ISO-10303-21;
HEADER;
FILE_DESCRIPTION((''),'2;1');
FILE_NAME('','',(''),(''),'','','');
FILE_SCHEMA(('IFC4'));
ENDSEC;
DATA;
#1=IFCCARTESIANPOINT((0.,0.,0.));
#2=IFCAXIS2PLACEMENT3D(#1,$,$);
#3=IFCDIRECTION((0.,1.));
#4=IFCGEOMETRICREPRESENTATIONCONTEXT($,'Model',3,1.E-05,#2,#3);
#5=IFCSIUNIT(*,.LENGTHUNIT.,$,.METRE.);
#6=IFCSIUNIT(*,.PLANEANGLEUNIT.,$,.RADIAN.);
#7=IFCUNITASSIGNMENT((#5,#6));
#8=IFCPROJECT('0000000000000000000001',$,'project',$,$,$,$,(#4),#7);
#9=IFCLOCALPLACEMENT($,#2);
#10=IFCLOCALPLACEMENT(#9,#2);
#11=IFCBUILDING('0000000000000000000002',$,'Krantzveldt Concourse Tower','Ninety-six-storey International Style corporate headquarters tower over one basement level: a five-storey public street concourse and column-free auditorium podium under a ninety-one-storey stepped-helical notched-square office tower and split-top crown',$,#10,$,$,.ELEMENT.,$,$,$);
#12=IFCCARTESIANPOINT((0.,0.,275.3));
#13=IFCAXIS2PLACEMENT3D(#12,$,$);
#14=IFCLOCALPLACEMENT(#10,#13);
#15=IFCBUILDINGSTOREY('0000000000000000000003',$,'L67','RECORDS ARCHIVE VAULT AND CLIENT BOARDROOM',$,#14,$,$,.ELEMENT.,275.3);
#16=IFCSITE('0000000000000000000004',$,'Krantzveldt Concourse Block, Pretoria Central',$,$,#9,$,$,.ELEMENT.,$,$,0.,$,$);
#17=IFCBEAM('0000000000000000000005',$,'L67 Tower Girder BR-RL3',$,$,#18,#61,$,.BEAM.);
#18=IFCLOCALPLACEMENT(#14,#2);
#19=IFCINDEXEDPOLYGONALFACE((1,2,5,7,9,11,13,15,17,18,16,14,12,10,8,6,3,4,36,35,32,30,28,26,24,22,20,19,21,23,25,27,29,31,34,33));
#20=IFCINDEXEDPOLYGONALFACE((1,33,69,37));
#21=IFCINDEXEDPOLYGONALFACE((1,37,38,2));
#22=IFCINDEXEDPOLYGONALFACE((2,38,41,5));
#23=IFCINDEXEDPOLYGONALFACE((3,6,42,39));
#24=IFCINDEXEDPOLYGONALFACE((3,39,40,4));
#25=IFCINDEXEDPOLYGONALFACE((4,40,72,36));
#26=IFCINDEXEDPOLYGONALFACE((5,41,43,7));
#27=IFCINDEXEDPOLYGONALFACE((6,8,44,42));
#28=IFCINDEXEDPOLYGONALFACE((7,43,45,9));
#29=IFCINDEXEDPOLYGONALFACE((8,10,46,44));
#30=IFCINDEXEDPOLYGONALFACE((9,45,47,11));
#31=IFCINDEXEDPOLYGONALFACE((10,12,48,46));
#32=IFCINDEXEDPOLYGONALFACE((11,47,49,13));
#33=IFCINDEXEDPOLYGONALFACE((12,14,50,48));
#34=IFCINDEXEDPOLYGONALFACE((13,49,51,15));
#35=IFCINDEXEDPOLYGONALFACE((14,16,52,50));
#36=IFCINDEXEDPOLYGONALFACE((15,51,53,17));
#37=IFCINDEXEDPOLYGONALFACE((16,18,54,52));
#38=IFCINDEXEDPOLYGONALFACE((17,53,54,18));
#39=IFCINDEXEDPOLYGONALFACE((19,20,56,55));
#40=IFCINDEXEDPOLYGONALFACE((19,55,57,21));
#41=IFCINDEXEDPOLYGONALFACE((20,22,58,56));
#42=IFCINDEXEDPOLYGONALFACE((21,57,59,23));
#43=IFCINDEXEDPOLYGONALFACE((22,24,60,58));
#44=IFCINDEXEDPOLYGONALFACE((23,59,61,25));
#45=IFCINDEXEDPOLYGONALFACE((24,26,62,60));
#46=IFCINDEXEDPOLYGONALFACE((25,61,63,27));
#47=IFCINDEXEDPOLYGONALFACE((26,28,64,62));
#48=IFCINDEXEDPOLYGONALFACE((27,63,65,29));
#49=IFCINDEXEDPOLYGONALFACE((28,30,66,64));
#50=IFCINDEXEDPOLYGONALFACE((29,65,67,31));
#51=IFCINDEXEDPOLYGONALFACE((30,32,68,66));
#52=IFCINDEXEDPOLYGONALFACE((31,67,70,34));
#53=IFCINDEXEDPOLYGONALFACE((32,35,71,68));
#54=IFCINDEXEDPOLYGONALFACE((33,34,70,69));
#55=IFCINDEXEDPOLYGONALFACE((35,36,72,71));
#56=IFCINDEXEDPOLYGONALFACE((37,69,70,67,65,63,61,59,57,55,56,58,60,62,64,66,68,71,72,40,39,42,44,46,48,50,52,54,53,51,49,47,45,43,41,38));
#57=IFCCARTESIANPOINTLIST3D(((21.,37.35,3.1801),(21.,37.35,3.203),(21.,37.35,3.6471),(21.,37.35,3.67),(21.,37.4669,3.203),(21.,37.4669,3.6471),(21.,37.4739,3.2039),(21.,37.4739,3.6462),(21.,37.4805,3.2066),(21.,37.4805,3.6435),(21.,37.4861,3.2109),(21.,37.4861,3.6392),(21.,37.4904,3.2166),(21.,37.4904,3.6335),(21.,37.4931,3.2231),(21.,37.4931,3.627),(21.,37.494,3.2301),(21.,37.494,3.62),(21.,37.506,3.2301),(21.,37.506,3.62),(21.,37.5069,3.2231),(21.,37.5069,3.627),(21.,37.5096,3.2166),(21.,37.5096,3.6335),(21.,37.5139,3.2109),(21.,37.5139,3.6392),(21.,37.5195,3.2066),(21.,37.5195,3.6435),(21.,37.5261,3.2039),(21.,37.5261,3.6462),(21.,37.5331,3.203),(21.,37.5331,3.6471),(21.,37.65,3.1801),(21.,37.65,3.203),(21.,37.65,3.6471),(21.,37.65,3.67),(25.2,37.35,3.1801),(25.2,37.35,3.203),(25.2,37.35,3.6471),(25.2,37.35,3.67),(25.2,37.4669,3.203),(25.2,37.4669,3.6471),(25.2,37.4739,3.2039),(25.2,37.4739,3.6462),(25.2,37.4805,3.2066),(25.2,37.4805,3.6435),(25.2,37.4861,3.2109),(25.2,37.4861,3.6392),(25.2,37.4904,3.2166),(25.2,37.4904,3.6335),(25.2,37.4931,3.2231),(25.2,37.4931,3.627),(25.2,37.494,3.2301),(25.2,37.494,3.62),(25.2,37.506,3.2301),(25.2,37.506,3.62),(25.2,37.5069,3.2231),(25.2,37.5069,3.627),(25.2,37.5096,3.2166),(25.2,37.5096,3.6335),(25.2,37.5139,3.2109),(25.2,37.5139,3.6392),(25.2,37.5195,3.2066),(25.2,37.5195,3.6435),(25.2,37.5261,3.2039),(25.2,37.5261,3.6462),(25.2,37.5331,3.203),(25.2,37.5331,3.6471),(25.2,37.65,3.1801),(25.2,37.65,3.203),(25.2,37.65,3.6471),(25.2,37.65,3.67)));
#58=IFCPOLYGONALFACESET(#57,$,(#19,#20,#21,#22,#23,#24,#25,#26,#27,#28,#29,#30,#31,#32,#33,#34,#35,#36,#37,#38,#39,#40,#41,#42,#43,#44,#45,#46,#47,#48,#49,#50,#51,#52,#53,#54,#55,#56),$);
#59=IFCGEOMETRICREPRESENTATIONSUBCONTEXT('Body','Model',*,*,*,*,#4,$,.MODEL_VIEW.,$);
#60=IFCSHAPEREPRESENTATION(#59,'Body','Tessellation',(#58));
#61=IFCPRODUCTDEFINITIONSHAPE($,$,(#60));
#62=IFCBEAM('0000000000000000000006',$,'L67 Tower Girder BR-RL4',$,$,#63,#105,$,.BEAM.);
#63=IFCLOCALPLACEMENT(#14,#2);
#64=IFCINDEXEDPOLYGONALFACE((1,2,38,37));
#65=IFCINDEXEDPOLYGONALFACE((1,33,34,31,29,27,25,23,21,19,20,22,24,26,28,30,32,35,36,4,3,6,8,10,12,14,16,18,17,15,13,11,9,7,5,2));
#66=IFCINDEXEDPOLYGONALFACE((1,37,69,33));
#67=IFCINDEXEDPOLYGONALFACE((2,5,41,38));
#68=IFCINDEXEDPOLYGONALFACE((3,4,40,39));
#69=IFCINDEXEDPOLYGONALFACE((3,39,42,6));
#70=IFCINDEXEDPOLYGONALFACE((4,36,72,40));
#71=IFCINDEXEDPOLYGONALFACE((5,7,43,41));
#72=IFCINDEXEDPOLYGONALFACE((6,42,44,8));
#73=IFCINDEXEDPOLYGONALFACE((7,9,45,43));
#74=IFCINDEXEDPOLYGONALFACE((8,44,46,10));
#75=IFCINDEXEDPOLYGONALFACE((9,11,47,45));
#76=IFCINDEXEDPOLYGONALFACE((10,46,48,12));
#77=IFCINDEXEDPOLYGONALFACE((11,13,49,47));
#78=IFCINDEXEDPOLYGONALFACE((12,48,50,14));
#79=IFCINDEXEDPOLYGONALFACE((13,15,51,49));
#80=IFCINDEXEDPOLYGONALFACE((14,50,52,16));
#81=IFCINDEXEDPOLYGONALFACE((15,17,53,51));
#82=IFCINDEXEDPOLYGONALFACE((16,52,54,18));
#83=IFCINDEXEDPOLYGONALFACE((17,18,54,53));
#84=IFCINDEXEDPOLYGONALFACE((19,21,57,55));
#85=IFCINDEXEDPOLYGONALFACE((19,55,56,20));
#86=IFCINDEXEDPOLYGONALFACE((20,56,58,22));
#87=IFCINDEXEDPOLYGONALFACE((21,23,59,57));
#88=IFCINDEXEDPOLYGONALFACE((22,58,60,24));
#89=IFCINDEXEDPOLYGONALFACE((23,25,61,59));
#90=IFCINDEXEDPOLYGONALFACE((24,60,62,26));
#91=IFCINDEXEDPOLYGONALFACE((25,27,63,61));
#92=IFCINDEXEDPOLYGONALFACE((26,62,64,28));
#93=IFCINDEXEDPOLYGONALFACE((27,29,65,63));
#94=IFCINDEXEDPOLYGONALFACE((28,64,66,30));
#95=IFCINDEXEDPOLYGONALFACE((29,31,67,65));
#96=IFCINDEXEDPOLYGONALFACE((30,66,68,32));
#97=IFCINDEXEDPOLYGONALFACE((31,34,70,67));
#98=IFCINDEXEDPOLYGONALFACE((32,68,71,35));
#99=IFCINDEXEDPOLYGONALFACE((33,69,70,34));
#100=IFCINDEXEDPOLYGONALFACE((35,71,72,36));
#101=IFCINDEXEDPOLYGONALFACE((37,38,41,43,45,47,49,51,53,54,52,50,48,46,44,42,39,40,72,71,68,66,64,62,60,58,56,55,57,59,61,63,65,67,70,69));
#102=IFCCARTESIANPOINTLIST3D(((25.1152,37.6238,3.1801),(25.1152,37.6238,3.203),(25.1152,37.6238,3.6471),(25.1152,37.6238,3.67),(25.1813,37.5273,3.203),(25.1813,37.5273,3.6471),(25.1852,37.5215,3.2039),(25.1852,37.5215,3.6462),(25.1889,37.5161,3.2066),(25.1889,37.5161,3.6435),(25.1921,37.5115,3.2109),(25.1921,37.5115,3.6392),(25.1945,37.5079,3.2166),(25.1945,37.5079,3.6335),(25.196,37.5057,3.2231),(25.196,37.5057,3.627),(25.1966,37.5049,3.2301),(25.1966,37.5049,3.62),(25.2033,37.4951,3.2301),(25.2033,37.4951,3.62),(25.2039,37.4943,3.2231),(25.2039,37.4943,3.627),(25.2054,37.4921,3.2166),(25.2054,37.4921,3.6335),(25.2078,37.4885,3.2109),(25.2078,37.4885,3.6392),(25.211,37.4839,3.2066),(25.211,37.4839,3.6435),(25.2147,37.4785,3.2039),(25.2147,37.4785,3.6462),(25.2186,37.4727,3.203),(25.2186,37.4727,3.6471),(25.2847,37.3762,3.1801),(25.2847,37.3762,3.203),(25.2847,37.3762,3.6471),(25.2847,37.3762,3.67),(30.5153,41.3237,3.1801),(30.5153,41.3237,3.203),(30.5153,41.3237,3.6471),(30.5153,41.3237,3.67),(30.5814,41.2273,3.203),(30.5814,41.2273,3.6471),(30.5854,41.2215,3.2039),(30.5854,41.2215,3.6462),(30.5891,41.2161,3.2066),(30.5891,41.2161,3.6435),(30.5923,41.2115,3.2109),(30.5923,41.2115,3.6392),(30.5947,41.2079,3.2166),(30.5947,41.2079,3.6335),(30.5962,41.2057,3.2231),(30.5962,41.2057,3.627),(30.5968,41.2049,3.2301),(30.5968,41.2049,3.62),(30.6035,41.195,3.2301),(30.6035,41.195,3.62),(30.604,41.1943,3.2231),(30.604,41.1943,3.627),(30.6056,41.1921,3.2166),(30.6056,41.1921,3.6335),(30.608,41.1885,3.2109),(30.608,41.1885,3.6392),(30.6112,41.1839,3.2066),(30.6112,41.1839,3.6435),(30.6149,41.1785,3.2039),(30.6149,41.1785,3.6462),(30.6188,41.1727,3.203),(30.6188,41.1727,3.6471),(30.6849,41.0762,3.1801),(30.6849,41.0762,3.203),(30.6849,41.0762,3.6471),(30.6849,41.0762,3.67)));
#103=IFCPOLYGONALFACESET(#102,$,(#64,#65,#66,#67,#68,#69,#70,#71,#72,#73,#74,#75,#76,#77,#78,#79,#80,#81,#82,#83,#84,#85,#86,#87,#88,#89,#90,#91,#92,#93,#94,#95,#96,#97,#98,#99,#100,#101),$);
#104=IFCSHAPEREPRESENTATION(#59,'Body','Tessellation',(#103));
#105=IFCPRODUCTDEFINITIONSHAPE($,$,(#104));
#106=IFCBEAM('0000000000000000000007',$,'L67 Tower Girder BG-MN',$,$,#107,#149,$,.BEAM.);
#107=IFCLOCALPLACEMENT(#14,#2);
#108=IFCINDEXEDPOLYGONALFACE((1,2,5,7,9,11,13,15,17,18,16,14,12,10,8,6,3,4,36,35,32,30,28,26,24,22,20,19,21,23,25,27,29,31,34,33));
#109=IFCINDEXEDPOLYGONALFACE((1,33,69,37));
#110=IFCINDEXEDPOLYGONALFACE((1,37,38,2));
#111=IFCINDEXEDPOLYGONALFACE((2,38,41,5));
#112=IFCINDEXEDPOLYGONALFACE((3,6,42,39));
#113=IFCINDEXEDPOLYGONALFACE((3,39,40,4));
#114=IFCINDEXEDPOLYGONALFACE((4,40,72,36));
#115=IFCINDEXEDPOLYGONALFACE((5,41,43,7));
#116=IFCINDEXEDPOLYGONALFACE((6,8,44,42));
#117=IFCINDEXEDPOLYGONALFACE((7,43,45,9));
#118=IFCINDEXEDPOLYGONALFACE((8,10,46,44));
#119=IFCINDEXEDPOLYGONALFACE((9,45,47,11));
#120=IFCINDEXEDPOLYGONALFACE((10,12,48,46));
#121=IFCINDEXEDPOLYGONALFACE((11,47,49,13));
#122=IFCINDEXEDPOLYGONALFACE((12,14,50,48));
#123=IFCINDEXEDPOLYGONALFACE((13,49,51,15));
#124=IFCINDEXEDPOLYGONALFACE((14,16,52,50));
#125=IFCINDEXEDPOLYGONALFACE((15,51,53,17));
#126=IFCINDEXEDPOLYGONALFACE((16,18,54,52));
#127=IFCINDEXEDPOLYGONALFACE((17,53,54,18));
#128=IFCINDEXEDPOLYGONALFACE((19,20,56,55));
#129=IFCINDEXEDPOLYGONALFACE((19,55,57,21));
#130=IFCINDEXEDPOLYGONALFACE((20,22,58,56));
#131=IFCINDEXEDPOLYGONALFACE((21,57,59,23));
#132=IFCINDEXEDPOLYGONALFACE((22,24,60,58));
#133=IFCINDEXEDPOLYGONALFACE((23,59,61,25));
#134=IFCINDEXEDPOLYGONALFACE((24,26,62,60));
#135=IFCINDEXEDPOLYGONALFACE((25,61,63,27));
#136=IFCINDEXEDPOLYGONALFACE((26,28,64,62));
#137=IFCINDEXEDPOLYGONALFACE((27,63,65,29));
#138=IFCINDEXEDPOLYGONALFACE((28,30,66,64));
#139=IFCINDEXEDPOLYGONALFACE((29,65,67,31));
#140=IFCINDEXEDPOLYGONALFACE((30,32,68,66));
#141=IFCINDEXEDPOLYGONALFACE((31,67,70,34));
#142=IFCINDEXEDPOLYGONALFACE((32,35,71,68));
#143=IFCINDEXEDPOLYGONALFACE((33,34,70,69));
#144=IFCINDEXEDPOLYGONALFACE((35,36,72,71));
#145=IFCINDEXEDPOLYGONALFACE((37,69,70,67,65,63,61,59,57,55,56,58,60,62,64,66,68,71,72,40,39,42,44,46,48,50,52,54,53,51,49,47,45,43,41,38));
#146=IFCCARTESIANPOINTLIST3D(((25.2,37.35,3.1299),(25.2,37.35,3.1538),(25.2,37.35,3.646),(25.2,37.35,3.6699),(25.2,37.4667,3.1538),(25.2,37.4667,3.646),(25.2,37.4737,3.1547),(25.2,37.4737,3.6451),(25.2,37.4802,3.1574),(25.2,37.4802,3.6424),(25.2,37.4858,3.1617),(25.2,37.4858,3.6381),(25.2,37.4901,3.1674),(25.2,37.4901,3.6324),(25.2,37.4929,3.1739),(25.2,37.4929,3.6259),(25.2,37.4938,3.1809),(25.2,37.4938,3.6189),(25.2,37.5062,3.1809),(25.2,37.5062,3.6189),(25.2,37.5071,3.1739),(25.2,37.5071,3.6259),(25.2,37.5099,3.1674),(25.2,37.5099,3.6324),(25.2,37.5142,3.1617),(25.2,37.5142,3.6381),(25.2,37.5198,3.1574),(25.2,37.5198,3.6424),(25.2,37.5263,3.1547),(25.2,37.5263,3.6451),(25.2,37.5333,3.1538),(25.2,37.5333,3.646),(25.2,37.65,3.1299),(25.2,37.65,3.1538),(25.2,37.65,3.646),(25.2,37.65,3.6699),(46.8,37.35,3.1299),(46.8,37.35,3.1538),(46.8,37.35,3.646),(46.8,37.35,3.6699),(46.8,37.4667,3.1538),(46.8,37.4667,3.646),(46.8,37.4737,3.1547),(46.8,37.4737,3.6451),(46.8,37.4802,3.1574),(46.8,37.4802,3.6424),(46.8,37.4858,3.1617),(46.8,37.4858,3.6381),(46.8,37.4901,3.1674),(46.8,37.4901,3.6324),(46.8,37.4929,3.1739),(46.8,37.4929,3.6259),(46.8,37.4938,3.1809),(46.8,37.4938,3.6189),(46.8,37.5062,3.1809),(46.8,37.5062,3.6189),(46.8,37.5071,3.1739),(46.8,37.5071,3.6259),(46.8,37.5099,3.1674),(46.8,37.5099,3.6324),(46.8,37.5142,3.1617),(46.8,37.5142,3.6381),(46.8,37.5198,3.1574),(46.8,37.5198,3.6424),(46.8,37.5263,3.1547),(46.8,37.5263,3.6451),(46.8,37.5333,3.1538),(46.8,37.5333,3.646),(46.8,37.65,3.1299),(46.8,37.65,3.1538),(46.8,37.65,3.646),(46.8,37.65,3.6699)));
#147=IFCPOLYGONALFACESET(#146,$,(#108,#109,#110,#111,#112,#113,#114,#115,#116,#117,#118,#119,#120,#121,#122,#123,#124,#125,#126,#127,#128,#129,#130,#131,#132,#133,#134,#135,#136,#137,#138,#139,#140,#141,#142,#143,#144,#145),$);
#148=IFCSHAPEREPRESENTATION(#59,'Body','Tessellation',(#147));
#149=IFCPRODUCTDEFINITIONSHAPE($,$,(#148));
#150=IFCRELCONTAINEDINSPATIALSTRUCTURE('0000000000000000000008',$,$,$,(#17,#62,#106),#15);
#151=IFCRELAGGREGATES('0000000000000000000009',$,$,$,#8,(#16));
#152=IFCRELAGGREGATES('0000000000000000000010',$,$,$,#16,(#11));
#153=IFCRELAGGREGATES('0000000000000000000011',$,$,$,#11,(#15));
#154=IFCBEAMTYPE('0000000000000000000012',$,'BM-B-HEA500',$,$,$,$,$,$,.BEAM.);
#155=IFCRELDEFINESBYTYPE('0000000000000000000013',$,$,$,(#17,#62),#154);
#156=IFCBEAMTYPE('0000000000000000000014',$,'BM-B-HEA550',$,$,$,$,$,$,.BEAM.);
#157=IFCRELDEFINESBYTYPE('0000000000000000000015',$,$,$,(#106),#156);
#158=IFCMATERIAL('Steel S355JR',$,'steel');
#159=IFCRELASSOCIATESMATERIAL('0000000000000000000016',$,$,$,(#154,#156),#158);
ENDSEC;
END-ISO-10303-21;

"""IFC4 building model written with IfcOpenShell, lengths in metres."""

from ifc_helpers import new_model, si_unit, direction, frame, origin, origin_2d, place, context, subcontext, project, spatial, i_section, extrude, source, transform, mapped, material, material_profile, profile_set, type_object, type_shapes, element, save


model = new_model("IFC4")

# Units and contexts
model_context = context("Model", 3, precision=1e-05, world=origin(), true_north=direction((0.0, 1.0)))
body_context = subcontext(model_context, "Body", "Model", "MODEL_VIEW")
ifc_project = project(units=[si_unit("LENGTHUNIT", "METRE"), si_unit("PLANEANGLEUNIT", "RADIAN")], contexts=[model_context])

# Site, building, storey
site_placement = place(None, origin())
site = spatial("IfcSite", under=ifc_project, at=site_placement, Name="Krantzveldt Concourse Block, Pretoria Central", CompositionType="ELEMENT", RefElevation=0.0)
building_placement = place(site_placement, origin())
building = spatial("IfcBuilding", under=site, at=building_placement, Name="Krantzveldt Concourse Tower", Description="Ninety-six-storey International Style corporate headquarters tower over one basement level: a five-storey public street concourse and column-free auditorium podium under a ninety-one-storey stepped-helical notched-square office tower and split-top crown", CompositionType="ELEMENT")
storey_placement = place(building_placement, frame((0.0, 0.0, 275.3)))
storey = spatial("IfcBuildingStorey", under=building, at=storey_placement, Name="L67", Description="RECORDS ARCHIVE VAULT AND CLIENT BOARDROOM", CompositionType="ELEMENT", Elevation=275.3)

# Beams
ifc_material_1 = material(Name="Steel S355JR", Category="steel")
ifc_material_profile_1 = material_profile(ifc_material_1, i_section(OverallWidth=0.3, OverallDepth=0.49, WebThickness=0.012, FlangeThickness=0.0229, FilletRadius=0.0271, at=origin_2d()), Name="Steel S355JR", Category="steel")
ifc_profile_set_1 = profile_set([ifc_material_profile_1], Name="Steel S355JR - HEA 500")
beam_type_1 = type_object("IfcBeamType", Name="BM-B-HEA500", PredefinedType="BEAM", material=ifc_profile_set_1)
shared_shape_1 = source(origin(), body_context, "Body", "SweptSolid", [
    extrude(i_section(OverallWidth=0.3, OverallDepth=0.49, WebThickness=0.012, FlangeThickness=0.0229, FilletRadius=0.0271, at=origin_2d()), origin(), (0.0, 0.0, 1.0), 4.2),
])
beam_1_placement = place(storey_placement, frame((21.0, 37.5, 3.425), z_axis=(1.0, 0.0, 0.0), x_axis=(0.0, 1.0, 0.0)))
element("IfcBeam", 1, at=beam_1_placement, inside=storey, type_object=beam_type_1, Name="L67 Tower Girder BR-RL3", PredefinedType="BEAM", context=body_context, shape_type="MappedRepresentation", body=[
    mapped(shared_shape_1, transform((0.0, 0.0, 0.0), x_axis=(1.0, 0.0, 0.0), y_axis=(0.0, 1.0, 0.0), z_axis=(0.0, 0.0, 1.0), scale=1.0)),
])
shared_shape_2 = source(origin(), body_context, "Body", "SweptSolid", [
    extrude(i_section(OverallWidth=0.3, OverallDepth=0.49, WebThickness=0.012, FlangeThickness=0.0229, FilletRadius=0.0271, at=origin_2d()), origin(), (0.0, 0.0, 1.0), 6.5461),
])
beam_2_placement = place(storey_placement, frame((25.2, 37.5, 3.425), z_axis=(0.824943, 0.565216, 0.0), x_axis=(-0.565216, 0.824943, 0.0)))
element("IfcBeam", 2, at=beam_2_placement, inside=storey, type_object=beam_type_1, Name="L67 Tower Girder BR-RL4", PredefinedType="BEAM", context=body_context, shape_type="MappedRepresentation", body=[
    mapped(shared_shape_2, transform((0.0, 0.0, 0.0), x_axis=(1.0, 0.0, 0.0), y_axis=(0.0, 1.0, 0.0), z_axis=(0.0, 0.0, 1.0), scale=1.0)),
])
ifc_material_profile_2 = material_profile(ifc_material_1, i_section(OverallWidth=0.3, OverallDepth=0.54, WebThickness=0.0125, FlangeThickness=0.0239, FilletRadius=0.0271, at=origin_2d()), Name="Steel S355JR", Category="steel")
ifc_profile_set_2 = profile_set([ifc_material_profile_2], Name="Steel S355JR - HEA 550")
beam_type_2 = type_object("IfcBeamType", Name="BM-B-HEA550", PredefinedType="BEAM", material=ifc_profile_set_2)
shared_shape_3 = source(origin(), body_context, "Body", "SweptSolid", [
    extrude(i_section(OverallWidth=0.3, OverallDepth=0.54, WebThickness=0.0125, FlangeThickness=0.0239, FilletRadius=0.0271, at=origin_2d()), origin(), (0.0, 0.0, 1.0), 21.6001),
])
type_shapes(beam_type_2, [shared_shape_3])
beam_3_placement = place(storey_placement, frame((25.2, 37.5, 3.3999), z_axis=(1.0, 0.0, 0.0), x_axis=(0.0, 1.0, 0.0)))
element("IfcBeam", 3, at=beam_3_placement, inside=storey, type_object=beam_type_2, Name="L67 Tower Girder BG-MN", PredefinedType="BEAM", context=body_context, shape_type="MappedRepresentation", body=[
    mapped(shared_shape_3, transform((0.0, 0.0, 0.0), x_axis=(1.0, 0.0, 0.0), y_axis=(0.0, 1.0, 0.0), z_axis=(0.0, 0.0, 1.0), scale=1.0)),
])

save(model, "model.ifc")
